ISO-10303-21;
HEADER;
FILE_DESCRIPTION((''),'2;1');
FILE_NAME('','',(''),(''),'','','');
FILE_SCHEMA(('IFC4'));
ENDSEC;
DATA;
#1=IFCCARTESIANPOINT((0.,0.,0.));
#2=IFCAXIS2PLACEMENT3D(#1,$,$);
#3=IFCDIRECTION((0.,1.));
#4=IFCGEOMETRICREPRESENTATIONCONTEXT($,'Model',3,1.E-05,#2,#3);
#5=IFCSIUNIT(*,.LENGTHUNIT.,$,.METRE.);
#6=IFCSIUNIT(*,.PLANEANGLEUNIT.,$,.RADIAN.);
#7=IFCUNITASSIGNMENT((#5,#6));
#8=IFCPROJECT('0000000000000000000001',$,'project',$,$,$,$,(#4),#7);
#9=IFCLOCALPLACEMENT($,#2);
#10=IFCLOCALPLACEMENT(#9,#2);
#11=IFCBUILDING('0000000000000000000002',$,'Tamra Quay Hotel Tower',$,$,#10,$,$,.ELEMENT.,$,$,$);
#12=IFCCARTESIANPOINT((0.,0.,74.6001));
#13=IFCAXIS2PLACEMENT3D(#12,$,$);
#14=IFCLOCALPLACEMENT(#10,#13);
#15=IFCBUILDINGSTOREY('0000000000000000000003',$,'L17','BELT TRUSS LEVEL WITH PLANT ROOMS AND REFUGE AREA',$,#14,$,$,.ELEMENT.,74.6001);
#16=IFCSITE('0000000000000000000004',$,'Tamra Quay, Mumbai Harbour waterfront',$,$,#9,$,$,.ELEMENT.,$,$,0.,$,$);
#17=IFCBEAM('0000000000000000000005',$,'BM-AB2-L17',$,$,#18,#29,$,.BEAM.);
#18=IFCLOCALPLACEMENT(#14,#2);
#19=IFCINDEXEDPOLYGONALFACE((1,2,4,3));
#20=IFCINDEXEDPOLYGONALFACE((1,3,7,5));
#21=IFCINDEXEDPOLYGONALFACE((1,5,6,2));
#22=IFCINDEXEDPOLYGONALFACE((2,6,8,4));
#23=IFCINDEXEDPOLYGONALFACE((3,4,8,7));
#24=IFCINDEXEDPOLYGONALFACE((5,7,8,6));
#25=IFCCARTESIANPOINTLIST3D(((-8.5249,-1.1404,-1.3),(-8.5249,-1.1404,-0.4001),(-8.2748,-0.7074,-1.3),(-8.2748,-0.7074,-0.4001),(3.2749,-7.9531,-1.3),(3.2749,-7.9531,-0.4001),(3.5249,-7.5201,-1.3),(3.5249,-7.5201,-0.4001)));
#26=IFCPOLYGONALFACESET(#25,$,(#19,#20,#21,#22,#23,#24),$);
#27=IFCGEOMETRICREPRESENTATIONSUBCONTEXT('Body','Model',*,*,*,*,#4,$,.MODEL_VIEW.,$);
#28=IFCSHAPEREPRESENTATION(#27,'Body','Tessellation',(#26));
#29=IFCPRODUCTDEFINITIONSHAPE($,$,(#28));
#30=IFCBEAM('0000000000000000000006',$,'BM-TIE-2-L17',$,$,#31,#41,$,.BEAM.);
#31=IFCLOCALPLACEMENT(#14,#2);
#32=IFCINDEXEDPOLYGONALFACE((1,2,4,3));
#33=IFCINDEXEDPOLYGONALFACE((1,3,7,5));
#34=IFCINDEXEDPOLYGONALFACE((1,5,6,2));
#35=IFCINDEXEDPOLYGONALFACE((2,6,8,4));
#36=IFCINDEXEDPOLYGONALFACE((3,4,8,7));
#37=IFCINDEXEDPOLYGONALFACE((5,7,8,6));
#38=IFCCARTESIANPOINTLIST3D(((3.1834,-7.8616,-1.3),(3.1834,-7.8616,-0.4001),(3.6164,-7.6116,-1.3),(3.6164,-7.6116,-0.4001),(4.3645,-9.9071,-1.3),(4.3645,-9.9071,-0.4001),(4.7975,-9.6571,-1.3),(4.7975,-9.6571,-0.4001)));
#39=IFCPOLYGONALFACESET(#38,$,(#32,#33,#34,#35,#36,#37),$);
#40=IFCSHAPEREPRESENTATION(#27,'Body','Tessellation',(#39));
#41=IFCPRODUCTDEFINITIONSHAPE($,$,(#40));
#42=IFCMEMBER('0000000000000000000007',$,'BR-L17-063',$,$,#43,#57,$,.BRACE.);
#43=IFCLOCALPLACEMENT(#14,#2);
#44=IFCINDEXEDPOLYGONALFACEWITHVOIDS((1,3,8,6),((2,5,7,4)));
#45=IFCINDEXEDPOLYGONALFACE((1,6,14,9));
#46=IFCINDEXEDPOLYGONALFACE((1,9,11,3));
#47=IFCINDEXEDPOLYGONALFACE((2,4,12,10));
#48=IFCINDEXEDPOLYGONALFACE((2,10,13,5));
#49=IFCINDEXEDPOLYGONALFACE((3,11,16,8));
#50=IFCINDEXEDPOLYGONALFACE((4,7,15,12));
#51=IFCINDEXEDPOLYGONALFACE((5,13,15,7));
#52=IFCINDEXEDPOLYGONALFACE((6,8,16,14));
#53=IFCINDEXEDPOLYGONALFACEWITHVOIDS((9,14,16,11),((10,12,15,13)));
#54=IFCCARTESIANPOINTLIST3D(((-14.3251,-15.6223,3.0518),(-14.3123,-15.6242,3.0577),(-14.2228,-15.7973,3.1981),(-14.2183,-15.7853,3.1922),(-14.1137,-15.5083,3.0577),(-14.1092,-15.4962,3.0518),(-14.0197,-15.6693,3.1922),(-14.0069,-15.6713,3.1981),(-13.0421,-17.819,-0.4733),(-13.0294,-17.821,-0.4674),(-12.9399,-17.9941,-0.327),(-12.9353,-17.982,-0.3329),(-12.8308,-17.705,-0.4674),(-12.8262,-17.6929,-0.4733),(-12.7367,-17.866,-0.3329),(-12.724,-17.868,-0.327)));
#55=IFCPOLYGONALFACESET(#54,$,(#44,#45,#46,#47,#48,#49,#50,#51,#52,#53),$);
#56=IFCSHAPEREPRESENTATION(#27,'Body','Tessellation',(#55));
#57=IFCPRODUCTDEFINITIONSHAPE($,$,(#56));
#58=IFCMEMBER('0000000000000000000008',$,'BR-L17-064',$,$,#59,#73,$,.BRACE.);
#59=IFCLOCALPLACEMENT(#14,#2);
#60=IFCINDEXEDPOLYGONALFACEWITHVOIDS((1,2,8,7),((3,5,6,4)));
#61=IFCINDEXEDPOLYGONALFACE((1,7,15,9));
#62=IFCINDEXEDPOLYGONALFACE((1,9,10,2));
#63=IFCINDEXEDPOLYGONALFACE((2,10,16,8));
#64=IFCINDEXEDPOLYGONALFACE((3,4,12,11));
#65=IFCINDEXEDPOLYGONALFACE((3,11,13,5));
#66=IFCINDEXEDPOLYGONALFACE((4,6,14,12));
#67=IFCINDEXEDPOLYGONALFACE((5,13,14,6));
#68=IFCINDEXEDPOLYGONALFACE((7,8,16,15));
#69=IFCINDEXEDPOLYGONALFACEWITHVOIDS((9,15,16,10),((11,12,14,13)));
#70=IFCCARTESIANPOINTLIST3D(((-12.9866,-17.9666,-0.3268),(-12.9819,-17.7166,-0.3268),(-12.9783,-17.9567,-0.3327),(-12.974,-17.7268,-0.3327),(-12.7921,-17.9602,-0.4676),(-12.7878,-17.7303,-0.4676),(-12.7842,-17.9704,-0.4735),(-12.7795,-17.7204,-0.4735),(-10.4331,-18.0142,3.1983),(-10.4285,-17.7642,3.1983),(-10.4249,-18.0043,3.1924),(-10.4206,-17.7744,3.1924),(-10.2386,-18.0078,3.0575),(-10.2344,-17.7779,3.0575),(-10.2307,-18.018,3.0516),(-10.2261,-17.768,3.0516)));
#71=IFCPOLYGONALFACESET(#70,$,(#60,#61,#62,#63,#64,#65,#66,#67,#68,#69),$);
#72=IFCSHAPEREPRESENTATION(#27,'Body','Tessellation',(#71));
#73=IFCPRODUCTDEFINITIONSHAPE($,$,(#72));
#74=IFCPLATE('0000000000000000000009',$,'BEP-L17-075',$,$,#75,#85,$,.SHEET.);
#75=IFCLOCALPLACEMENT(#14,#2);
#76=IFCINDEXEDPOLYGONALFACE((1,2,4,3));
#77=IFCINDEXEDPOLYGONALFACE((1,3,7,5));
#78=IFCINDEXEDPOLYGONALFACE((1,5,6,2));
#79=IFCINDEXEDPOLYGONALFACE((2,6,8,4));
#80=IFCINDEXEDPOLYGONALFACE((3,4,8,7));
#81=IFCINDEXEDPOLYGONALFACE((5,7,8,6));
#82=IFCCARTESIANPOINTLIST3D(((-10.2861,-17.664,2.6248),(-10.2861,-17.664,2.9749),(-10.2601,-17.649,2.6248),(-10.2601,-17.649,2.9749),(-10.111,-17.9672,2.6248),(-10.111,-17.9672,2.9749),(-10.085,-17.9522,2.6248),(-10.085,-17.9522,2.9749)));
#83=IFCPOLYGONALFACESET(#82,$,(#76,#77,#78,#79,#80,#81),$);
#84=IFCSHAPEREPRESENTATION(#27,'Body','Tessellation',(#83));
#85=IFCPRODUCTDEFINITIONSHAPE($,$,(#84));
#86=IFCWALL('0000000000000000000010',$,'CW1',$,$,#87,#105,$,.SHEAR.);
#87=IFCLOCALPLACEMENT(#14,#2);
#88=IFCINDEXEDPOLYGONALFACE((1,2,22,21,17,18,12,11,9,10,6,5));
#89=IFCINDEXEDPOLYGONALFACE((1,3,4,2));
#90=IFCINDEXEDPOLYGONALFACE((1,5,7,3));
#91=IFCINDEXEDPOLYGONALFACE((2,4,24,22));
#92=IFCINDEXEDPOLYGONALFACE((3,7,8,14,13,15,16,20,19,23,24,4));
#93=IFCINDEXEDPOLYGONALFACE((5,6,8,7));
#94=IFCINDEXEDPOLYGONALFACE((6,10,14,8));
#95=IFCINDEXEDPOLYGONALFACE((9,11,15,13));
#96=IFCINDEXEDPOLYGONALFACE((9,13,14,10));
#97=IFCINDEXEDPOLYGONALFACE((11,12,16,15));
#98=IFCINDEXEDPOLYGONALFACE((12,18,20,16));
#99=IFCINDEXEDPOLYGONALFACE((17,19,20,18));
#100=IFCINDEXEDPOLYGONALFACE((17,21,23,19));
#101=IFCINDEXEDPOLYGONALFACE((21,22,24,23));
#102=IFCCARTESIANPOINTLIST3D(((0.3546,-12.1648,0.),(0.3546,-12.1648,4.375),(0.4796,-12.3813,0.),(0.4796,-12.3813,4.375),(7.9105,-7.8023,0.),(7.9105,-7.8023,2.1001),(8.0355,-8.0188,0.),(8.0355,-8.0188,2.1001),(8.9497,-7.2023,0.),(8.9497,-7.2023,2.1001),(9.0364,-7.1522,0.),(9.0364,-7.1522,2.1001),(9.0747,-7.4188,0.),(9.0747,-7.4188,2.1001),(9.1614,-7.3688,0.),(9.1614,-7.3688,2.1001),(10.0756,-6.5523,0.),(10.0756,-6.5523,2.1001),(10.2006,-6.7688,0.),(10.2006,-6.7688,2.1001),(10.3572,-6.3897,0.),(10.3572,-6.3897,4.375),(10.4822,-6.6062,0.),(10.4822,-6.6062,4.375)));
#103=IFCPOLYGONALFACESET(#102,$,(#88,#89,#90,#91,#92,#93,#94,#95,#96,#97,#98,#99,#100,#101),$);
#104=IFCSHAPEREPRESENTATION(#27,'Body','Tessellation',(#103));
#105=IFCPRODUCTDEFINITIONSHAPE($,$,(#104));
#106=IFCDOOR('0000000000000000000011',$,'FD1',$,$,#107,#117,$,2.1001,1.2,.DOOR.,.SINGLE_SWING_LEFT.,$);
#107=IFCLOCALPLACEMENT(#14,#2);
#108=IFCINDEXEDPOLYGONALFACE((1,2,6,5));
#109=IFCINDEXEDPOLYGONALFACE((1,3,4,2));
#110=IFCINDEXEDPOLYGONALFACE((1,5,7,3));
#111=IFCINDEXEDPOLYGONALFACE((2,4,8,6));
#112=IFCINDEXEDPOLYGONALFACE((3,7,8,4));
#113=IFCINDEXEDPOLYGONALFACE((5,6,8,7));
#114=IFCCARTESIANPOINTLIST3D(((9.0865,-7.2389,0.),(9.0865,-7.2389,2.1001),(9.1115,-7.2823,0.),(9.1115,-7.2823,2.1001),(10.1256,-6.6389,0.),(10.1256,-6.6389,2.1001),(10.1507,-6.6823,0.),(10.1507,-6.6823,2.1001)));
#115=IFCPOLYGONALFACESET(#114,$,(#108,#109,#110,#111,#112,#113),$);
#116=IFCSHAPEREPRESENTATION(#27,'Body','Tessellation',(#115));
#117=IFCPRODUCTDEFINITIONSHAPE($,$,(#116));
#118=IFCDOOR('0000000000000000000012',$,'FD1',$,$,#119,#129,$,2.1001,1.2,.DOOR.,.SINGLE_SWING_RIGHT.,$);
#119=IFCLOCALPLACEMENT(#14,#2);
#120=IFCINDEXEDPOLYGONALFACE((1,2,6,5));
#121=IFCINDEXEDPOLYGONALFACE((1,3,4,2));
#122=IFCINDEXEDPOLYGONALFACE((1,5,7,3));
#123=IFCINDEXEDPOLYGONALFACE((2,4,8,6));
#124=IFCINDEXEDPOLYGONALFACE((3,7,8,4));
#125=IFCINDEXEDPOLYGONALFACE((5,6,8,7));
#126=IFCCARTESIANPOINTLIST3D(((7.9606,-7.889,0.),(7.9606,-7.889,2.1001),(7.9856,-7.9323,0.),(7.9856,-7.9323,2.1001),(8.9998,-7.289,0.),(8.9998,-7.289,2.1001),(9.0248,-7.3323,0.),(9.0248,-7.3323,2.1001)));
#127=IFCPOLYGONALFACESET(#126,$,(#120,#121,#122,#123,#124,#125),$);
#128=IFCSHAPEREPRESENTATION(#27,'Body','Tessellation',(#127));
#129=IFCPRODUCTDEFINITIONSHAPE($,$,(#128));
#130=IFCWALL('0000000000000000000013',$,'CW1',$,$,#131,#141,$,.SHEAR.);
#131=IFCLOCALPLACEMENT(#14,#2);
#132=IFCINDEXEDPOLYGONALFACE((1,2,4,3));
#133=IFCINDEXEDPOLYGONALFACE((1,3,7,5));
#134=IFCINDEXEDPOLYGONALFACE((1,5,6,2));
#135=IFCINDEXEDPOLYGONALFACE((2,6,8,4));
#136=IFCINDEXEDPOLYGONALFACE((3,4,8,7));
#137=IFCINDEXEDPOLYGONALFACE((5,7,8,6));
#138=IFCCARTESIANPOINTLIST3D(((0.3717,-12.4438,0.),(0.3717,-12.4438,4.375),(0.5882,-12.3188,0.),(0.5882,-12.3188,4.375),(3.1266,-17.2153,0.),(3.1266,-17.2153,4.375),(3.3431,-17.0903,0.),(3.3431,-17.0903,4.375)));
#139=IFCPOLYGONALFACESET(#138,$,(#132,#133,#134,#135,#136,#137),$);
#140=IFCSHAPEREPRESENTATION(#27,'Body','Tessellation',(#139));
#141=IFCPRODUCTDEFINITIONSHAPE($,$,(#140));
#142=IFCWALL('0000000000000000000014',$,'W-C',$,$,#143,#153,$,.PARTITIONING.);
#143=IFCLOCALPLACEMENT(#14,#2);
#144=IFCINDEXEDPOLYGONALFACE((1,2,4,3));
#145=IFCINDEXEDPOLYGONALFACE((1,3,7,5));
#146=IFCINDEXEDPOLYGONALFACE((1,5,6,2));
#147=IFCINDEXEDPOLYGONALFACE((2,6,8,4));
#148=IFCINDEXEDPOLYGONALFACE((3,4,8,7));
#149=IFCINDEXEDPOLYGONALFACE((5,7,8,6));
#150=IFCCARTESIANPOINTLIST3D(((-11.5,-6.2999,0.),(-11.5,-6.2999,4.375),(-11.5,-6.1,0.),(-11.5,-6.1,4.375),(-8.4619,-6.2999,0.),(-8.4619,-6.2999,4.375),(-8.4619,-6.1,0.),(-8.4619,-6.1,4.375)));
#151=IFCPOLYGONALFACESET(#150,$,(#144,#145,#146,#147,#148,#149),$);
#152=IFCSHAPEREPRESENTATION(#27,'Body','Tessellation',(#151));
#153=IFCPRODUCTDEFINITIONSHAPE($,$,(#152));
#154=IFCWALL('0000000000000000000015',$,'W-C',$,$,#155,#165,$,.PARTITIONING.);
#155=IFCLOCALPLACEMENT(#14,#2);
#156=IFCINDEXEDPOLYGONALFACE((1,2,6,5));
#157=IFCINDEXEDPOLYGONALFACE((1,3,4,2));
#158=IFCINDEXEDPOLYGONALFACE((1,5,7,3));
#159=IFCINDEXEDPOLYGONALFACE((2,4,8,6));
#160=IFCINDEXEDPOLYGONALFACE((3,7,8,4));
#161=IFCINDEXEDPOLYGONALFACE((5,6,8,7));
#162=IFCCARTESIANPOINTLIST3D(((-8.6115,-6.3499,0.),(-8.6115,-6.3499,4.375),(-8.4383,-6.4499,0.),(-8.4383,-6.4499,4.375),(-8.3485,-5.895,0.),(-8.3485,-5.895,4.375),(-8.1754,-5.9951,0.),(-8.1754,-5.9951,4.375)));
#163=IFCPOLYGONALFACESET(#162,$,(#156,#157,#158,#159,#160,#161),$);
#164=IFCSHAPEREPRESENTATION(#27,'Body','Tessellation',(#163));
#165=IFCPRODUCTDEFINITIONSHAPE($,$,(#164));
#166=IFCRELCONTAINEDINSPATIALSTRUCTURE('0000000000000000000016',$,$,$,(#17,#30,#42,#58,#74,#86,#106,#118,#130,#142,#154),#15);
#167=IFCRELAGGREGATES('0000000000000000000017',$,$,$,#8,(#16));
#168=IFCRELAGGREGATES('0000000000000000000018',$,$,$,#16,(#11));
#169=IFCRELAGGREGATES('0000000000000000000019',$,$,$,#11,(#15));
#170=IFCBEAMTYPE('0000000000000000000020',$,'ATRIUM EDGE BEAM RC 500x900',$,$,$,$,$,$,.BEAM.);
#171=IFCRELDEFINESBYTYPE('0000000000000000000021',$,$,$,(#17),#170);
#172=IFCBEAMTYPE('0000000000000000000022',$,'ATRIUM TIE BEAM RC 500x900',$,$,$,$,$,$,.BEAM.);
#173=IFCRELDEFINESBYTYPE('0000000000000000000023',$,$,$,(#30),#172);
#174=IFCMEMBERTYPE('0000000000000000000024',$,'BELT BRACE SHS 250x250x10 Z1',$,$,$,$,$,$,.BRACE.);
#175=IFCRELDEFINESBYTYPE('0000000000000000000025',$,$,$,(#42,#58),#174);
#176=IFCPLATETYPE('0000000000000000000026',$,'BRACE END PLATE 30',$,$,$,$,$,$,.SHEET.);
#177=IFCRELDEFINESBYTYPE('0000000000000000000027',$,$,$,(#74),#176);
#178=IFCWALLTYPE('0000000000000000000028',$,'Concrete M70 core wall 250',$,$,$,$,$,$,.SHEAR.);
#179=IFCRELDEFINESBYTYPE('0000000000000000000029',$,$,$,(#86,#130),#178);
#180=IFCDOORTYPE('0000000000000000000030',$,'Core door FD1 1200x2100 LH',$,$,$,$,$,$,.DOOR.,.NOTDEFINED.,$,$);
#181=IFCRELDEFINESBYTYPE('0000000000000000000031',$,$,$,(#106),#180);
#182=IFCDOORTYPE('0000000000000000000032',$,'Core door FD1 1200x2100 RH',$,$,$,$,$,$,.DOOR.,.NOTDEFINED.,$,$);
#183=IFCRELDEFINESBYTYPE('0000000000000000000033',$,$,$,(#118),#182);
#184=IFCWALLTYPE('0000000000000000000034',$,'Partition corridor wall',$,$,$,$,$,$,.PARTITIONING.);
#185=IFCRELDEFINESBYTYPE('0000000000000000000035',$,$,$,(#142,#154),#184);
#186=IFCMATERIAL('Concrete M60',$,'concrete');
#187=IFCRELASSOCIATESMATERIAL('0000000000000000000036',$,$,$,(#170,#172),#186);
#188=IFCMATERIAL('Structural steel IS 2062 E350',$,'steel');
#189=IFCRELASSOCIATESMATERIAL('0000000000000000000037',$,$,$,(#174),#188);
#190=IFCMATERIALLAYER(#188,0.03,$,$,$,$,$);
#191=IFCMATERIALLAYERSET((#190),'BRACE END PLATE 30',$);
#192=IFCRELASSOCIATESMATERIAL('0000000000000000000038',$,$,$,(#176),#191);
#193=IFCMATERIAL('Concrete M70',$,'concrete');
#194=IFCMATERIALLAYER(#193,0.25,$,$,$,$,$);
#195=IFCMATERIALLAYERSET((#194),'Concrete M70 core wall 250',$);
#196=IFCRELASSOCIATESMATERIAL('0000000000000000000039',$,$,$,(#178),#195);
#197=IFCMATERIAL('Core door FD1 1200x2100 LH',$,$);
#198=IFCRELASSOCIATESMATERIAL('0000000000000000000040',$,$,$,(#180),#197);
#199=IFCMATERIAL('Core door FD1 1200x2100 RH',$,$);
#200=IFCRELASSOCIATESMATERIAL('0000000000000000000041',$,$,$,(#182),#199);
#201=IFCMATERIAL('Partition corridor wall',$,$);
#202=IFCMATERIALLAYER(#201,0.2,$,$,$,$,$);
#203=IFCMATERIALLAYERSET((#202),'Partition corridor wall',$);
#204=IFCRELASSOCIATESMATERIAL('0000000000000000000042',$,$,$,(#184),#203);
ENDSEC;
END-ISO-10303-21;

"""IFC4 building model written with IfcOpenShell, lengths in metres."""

from ifc_helpers import new_model, si_unit, direction, frame, frame_2d, origin, origin_2d, place, context, subcontext, project, spatial, rectangle, hollow_rectangle, extrude, material, layer, layer_set, material_profile, profile_set, type_object, element, fill, save


model = new_model("IFC4")

# Units and contexts
model_context = context("Model", 3, precision=1e-05, world=origin(), true_north=direction((0.0, 1.0)))
body_context = subcontext(model_context, "Body", "Model", "MODEL_VIEW")
ifc_project = project(units=[si_unit("LENGTHUNIT", "METRE"), si_unit("PLANEANGLEUNIT", "RADIAN")], contexts=[model_context])

# Site, building, storey
site_placement = place(None, origin())
site = spatial("IfcSite", under=ifc_project, at=site_placement, Name="Tamra Quay, Mumbai Harbour waterfront", CompositionType="ELEMENT", RefElevation=0.0)
building_placement = place(site_placement, origin())
building = spatial("IfcBuilding", under=site, at=building_placement, Name="Tamra Quay Hotel Tower", CompositionType="ELEMENT")
storey_placement = place(building_placement, frame((0.0, 0.0, 74.6001)))
storey = spatial("IfcBuildingStorey", under=building, at=storey_placement, Name="L17", Description="BELT TRUSS LEVEL WITH PLANT ROOMS AND REFUGE AREA", CompositionType="ELEMENT", Elevation=74.6001)

# Beams
ifc_material_1 = material(Name="Concrete M60", Category="concrete")
ifc_material_profile_1 = material_profile(ifc_material_1, rectangle(XDim=0.5, YDim=0.8999, at=origin_2d()), Name="ATRIUM EDGE BEAM RC 500x900")
ifc_profile_set_1 = profile_set([ifc_material_profile_1], Name="Concrete M60")
beam_type_1 = type_object("IfcBeamType", Name="ATRIUM EDGE BEAM RC 500x900", PredefinedType="BEAM", material=ifc_profile_set_1)
beam_1_placement = place(storey_placement, frame((3.3999, -7.7366, -0.8501), z_axis=(-0.866021, 0.500007, 0.0), x_axis=(-0.500007, -0.866021, 0.0)))
element("IfcBeam", 1, at=beam_1_placement, inside=storey, type_object=beam_type_1, Name="BM-AB2-L17", PredefinedType="BEAM", context=body_context, shape_type="SweptSolid", body=[
    extrude(rectangle(XDim=0.5, YDim=0.8999, at=origin_2d()), origin(), (0.0, 0.0, 1.0), 13.6252),
])
ifc_material_profile_2 = material_profile(ifc_material_1, rectangle(XDim=0.5, YDim=0.8999, at=origin_2d()), Name="ATRIUM TIE BEAM RC 500x900")
ifc_profile_set_2 = profile_set([ifc_material_profile_2], Name="Concrete M60")
beam_type_2 = type_object("IfcBeamType", Name="ATRIUM TIE BEAM RC 500x900", PredefinedType="BEAM", material=ifc_profile_set_2)
beam_2_placement = place(storey_placement, frame((3.3999, -7.7366, -0.8501), z_axis=(0.50003, -0.866008, 0.0), x_axis=(0.866008, 0.50003, 0.0)))
element("IfcBeam", 2, at=beam_2_placement, inside=storey, type_object=beam_type_2, Name="BM-TIE-2-L17", PredefinedType="BEAM", context=body_context, shape_type="SweptSolid", body=[
    extrude(rectangle(XDim=0.5, YDim=0.8999, at=origin_2d()), origin(), (0.0, 0.0, 1.0), 2.3621),
])

# Members
ifc_material_2 = material(Name="Structural steel IS 2062 E350", Category="steel")
ifc_material_profile_3 = material_profile(ifc_material_2, hollow_rectangle(XDim=0.25, YDim=0.25, WallThickness=0.01, at=origin_2d()), Name="SHS 250x250x10")
ifc_profile_set_3 = profile_set([ifc_material_profile_3], Name="Structural steel IS 2062 E350")
member_type = type_object("IfcMemberType", Name="BELT BRACE SHS 250x250x10 Z1", PredefinedType="BRACE", material=ifc_profile_set_3)
member_1_placement = place(storey_placement, frame((-12.8831, -17.8435, -0.4001), z_axis=(-0.295121, 0.505327, 0.810894), x_axis=(-0.863521, -0.504313, 0.0)))
element("IfcMember", 3, at=member_1_placement, inside=storey, type_object=member_type, Name="BR-L17-063", PredefinedType="BRACE", context=body_context, shape_type="SweptSolid", body=[
    extrude(hollow_rectangle(XDim=0.25, YDim=0.25, WallThickness=0.01, at=origin_2d()), origin(), (0.0, 0.0, 1.0), 4.3472),
])
member_2_placement = place(storey_placement, frame((-12.8831, -17.8435, -0.4001), z_axis=(0.586591, -0.010937, 0.809809), x_axis=(0.018641, 0.999826, 0.0)))
element("IfcMember", 4, at=member_2_placement, inside=storey, type_object=member_type, Name="BR-L17-064", PredefinedType="BRACE", context=body_context, shape_type="SweptSolid", body=[
    extrude(hollow_rectangle(XDim=0.25, YDim=0.25, WallThickness=0.01, at=origin_2d()), origin(), (0.0, 0.0, 1.0), 4.353),
])

# Plate
ifc_layer_1 = layer(ifc_material_2, 0.03)
ifc_layer_set_1 = layer_set([ifc_layer_1], Name="BRACE END PLATE 30")
plate_type = type_object("IfcPlateType", Name="BRACE END PLATE 30", PredefinedType="SHEET", material=ifc_layer_set_1)
plate_placement = place(storey_placement, frame((-10.1855, -17.8081, 2.6248), z_axis=(0.0, 0.0, 1.0), x_axis=(0.86603, 0.499992, 0.0)))
element("IfcPlate", 5, at=plate_placement, inside=storey, type_object=plate_type, Name="BEP-L17-075", PredefinedType="SHEET", context=body_context, shape_type="SweptSolid", body=[
    extrude(rectangle(XDim=0.03, YDim=0.3501, at=origin_2d()), origin(), (0.0, 0.0, 1.0), 0.3501),
])

# Wall, openings, doors
ifc_material_3 = material(Name="Concrete M70", Category="concrete")
ifc_layer_2 = layer(ifc_material_3, 0.25)
ifc_layer_set_2 = layer_set([ifc_layer_2], Name="Concrete M70 core wall 250")
wall_type_1 = type_object("IfcWallType", Name="Concrete M70 core wall 250", PredefinedType="SHEAR", material=ifc_layer_set_2)
wall_1_placement = place(storey_placement, frame((0.4172, -12.2729, 0.0), z_axis=(0.0, 0.0, 1.0), x_axis=(0.866022, 0.500006, 0.0)))
wall_1 = element("IfcWall", 6, at=wall_1_placement, inside=storey, type_object=wall_type_1, Name="CW1", PredefinedType="SHEAR", context=body_context, shape_type="SweptSolid", body=[
    extrude(rectangle(XDim=11.55, YDim=0.25, at=frame_2d((5.7749, 0.0))), origin(), (0.0, 0.0, 1.0), 4.375),
])
opening_1_placement = place(wall_1_placement, frame((10.0247, 0.0, 0.0)))
opening_1 = element("IfcOpeningElement", 7, at=opening_1_placement, cuts=wall_1, PredefinedType="OPENING", context=body_context, shape_type="SweptSolid", body=[
    extrude(rectangle(XDim=1.2, YDim=2.1001, at=frame_2d((0.6001, 1.05))), frame((0.0, 0.135, 0.0), z_axis=(0.0, -1.0, 0.0), x_axis=(1.0, 0.0, 0.0)), (0.0, 0.0, 1.0), 0.27),
])
opening_2_placement = place(wall_1_placement, frame((8.7246, 0.0, 0.0)))
opening_2 = element("IfcOpeningElement", 8, at=opening_2_placement, cuts=wall_1, PredefinedType="OPENING", context=body_context, shape_type="SweptSolid", body=[
    extrude(rectangle(XDim=1.2, YDim=2.1001, at=frame_2d((0.6001, 1.05))), frame((0.0, 0.135, 0.0), z_axis=(0.0, -1.0, 0.0), x_axis=(1.0, 0.0, 0.0)), (0.0, 0.0, 1.0), 0.27),
])
ifc_material_4 = material(Name="Core door FD1 1200x2100 LH")
door_type_1 = type_object("IfcDoorType", Name="Core door FD1 1200x2100 LH", OperationType="NOTDEFINED", PredefinedType="DOOR", material=ifc_material_4)
door_1_placement = place(opening_1_placement, origin())
door_1 = element("IfcDoor", 9, at=door_1_placement, inside=storey, type_object=door_type_1, Name="FD1", OperationType="SINGLE_SWING_LEFT", OverallHeight=2.1001, OverallWidth=1.2, PredefinedType="DOOR", context=body_context, shape_type="SweptSolid", body=[
    extrude(rectangle(XDim=1.2, YDim=2.1001, at=frame_2d((0.6001, 1.05))), frame((0.0, 0.0249, 0.0), z_axis=(0.0, -1.0, 0.0), x_axis=(1.0, 0.0, 0.0)), (0.0, 0.0, 1.0), 0.05),
])
fill(opening_1, door_1)
ifc_material_5 = material(Name="Core door FD1 1200x2100 RH")
door_type_2 = type_object("IfcDoorType", Name="Core door FD1 1200x2100 RH", OperationType="NOTDEFINED", PredefinedType="DOOR", material=ifc_material_5)
door_2_placement = place(opening_2_placement, origin())
door_2 = element("IfcDoor", 10, at=door_2_placement, inside=storey, type_object=door_type_2, Name="FD1", OperationType="SINGLE_SWING_RIGHT", OverallHeight=2.1001, OverallWidth=1.2, PredefinedType="DOOR", context=body_context, shape_type="SweptSolid", body=[
    extrude(rectangle(XDim=1.2, YDim=2.1001, at=frame_2d((0.6001, 1.05))), frame((0.0, 0.0249, 0.0), z_axis=(0.0, -1.0, 0.0), x_axis=(1.0, 0.0, 0.0)), (0.0, 0.0, 1.0), 0.05),
])
fill(opening_2, door_2)

# Walls
wall_2_placement = place(storey_placement, frame((3.2349, -17.1528, 0.0), z_axis=(0.0, 0.0, 1.0), x_axis=(-0.500009, 0.86602, 0.0)))
element("IfcWall", 11, at=wall_2_placement, inside=storey, type_object=wall_type_1, Name="CW1", PredefinedType="SHEAR", context=body_context, shape_type="SweptSolid", body=[
    extrude(rectangle(XDim=5.5098, YDim=0.25, at=frame_2d((2.7549, 0.0))), origin(), (0.0, 0.0, 1.0), 4.375),
])
ifc_material_6 = material(Name="Partition corridor wall")
ifc_layer_3 = layer(ifc_material_6, 0.2)
ifc_layer_set_3 = layer_set([ifc_layer_3], Name="Partition corridor wall")
wall_type_2 = type_object("IfcWallType", Name="Partition corridor wall", PredefinedType="PARTITIONING", material=ifc_layer_set_3)
wall_3_placement = place(storey_placement, frame((-11.5, -6.2, 0.0), z_axis=(0.0, 0.0, 1.0), x_axis=(1.0, 0.0, 0.0)))
element("IfcWall", 12, at=wall_3_placement, inside=storey, type_object=wall_type_2, Name="W-C", PredefinedType="PARTITIONING", context=body_context, shape_type="SweptSolid", body=[
    extrude(rectangle(XDim=3.0381, YDim=0.2, at=frame_2d((1.519, 0.0))), origin(), (0.0, 0.0, 1.0), 4.375),
])
wall_4_placement = place(storey_placement, frame((-8.5249, -6.3999, 0.0), z_axis=(0.0, 0.0, 1.0), x_axis=(0.500487, 0.865744, 0.0)))
element("IfcWall", 13, at=wall_4_placement, inside=storey, type_object=wall_type_2, Name="W-C", PredefinedType="PARTITIONING", context=body_context, shape_type="SweptSolid", body=[
    extrude(rectangle(XDim=0.5254, YDim=0.2, at=frame_2d((0.2627, 0.0))), origin(), (0.0, 0.0, 1.0), 4.375),
])

save(model, "model.ifc")
